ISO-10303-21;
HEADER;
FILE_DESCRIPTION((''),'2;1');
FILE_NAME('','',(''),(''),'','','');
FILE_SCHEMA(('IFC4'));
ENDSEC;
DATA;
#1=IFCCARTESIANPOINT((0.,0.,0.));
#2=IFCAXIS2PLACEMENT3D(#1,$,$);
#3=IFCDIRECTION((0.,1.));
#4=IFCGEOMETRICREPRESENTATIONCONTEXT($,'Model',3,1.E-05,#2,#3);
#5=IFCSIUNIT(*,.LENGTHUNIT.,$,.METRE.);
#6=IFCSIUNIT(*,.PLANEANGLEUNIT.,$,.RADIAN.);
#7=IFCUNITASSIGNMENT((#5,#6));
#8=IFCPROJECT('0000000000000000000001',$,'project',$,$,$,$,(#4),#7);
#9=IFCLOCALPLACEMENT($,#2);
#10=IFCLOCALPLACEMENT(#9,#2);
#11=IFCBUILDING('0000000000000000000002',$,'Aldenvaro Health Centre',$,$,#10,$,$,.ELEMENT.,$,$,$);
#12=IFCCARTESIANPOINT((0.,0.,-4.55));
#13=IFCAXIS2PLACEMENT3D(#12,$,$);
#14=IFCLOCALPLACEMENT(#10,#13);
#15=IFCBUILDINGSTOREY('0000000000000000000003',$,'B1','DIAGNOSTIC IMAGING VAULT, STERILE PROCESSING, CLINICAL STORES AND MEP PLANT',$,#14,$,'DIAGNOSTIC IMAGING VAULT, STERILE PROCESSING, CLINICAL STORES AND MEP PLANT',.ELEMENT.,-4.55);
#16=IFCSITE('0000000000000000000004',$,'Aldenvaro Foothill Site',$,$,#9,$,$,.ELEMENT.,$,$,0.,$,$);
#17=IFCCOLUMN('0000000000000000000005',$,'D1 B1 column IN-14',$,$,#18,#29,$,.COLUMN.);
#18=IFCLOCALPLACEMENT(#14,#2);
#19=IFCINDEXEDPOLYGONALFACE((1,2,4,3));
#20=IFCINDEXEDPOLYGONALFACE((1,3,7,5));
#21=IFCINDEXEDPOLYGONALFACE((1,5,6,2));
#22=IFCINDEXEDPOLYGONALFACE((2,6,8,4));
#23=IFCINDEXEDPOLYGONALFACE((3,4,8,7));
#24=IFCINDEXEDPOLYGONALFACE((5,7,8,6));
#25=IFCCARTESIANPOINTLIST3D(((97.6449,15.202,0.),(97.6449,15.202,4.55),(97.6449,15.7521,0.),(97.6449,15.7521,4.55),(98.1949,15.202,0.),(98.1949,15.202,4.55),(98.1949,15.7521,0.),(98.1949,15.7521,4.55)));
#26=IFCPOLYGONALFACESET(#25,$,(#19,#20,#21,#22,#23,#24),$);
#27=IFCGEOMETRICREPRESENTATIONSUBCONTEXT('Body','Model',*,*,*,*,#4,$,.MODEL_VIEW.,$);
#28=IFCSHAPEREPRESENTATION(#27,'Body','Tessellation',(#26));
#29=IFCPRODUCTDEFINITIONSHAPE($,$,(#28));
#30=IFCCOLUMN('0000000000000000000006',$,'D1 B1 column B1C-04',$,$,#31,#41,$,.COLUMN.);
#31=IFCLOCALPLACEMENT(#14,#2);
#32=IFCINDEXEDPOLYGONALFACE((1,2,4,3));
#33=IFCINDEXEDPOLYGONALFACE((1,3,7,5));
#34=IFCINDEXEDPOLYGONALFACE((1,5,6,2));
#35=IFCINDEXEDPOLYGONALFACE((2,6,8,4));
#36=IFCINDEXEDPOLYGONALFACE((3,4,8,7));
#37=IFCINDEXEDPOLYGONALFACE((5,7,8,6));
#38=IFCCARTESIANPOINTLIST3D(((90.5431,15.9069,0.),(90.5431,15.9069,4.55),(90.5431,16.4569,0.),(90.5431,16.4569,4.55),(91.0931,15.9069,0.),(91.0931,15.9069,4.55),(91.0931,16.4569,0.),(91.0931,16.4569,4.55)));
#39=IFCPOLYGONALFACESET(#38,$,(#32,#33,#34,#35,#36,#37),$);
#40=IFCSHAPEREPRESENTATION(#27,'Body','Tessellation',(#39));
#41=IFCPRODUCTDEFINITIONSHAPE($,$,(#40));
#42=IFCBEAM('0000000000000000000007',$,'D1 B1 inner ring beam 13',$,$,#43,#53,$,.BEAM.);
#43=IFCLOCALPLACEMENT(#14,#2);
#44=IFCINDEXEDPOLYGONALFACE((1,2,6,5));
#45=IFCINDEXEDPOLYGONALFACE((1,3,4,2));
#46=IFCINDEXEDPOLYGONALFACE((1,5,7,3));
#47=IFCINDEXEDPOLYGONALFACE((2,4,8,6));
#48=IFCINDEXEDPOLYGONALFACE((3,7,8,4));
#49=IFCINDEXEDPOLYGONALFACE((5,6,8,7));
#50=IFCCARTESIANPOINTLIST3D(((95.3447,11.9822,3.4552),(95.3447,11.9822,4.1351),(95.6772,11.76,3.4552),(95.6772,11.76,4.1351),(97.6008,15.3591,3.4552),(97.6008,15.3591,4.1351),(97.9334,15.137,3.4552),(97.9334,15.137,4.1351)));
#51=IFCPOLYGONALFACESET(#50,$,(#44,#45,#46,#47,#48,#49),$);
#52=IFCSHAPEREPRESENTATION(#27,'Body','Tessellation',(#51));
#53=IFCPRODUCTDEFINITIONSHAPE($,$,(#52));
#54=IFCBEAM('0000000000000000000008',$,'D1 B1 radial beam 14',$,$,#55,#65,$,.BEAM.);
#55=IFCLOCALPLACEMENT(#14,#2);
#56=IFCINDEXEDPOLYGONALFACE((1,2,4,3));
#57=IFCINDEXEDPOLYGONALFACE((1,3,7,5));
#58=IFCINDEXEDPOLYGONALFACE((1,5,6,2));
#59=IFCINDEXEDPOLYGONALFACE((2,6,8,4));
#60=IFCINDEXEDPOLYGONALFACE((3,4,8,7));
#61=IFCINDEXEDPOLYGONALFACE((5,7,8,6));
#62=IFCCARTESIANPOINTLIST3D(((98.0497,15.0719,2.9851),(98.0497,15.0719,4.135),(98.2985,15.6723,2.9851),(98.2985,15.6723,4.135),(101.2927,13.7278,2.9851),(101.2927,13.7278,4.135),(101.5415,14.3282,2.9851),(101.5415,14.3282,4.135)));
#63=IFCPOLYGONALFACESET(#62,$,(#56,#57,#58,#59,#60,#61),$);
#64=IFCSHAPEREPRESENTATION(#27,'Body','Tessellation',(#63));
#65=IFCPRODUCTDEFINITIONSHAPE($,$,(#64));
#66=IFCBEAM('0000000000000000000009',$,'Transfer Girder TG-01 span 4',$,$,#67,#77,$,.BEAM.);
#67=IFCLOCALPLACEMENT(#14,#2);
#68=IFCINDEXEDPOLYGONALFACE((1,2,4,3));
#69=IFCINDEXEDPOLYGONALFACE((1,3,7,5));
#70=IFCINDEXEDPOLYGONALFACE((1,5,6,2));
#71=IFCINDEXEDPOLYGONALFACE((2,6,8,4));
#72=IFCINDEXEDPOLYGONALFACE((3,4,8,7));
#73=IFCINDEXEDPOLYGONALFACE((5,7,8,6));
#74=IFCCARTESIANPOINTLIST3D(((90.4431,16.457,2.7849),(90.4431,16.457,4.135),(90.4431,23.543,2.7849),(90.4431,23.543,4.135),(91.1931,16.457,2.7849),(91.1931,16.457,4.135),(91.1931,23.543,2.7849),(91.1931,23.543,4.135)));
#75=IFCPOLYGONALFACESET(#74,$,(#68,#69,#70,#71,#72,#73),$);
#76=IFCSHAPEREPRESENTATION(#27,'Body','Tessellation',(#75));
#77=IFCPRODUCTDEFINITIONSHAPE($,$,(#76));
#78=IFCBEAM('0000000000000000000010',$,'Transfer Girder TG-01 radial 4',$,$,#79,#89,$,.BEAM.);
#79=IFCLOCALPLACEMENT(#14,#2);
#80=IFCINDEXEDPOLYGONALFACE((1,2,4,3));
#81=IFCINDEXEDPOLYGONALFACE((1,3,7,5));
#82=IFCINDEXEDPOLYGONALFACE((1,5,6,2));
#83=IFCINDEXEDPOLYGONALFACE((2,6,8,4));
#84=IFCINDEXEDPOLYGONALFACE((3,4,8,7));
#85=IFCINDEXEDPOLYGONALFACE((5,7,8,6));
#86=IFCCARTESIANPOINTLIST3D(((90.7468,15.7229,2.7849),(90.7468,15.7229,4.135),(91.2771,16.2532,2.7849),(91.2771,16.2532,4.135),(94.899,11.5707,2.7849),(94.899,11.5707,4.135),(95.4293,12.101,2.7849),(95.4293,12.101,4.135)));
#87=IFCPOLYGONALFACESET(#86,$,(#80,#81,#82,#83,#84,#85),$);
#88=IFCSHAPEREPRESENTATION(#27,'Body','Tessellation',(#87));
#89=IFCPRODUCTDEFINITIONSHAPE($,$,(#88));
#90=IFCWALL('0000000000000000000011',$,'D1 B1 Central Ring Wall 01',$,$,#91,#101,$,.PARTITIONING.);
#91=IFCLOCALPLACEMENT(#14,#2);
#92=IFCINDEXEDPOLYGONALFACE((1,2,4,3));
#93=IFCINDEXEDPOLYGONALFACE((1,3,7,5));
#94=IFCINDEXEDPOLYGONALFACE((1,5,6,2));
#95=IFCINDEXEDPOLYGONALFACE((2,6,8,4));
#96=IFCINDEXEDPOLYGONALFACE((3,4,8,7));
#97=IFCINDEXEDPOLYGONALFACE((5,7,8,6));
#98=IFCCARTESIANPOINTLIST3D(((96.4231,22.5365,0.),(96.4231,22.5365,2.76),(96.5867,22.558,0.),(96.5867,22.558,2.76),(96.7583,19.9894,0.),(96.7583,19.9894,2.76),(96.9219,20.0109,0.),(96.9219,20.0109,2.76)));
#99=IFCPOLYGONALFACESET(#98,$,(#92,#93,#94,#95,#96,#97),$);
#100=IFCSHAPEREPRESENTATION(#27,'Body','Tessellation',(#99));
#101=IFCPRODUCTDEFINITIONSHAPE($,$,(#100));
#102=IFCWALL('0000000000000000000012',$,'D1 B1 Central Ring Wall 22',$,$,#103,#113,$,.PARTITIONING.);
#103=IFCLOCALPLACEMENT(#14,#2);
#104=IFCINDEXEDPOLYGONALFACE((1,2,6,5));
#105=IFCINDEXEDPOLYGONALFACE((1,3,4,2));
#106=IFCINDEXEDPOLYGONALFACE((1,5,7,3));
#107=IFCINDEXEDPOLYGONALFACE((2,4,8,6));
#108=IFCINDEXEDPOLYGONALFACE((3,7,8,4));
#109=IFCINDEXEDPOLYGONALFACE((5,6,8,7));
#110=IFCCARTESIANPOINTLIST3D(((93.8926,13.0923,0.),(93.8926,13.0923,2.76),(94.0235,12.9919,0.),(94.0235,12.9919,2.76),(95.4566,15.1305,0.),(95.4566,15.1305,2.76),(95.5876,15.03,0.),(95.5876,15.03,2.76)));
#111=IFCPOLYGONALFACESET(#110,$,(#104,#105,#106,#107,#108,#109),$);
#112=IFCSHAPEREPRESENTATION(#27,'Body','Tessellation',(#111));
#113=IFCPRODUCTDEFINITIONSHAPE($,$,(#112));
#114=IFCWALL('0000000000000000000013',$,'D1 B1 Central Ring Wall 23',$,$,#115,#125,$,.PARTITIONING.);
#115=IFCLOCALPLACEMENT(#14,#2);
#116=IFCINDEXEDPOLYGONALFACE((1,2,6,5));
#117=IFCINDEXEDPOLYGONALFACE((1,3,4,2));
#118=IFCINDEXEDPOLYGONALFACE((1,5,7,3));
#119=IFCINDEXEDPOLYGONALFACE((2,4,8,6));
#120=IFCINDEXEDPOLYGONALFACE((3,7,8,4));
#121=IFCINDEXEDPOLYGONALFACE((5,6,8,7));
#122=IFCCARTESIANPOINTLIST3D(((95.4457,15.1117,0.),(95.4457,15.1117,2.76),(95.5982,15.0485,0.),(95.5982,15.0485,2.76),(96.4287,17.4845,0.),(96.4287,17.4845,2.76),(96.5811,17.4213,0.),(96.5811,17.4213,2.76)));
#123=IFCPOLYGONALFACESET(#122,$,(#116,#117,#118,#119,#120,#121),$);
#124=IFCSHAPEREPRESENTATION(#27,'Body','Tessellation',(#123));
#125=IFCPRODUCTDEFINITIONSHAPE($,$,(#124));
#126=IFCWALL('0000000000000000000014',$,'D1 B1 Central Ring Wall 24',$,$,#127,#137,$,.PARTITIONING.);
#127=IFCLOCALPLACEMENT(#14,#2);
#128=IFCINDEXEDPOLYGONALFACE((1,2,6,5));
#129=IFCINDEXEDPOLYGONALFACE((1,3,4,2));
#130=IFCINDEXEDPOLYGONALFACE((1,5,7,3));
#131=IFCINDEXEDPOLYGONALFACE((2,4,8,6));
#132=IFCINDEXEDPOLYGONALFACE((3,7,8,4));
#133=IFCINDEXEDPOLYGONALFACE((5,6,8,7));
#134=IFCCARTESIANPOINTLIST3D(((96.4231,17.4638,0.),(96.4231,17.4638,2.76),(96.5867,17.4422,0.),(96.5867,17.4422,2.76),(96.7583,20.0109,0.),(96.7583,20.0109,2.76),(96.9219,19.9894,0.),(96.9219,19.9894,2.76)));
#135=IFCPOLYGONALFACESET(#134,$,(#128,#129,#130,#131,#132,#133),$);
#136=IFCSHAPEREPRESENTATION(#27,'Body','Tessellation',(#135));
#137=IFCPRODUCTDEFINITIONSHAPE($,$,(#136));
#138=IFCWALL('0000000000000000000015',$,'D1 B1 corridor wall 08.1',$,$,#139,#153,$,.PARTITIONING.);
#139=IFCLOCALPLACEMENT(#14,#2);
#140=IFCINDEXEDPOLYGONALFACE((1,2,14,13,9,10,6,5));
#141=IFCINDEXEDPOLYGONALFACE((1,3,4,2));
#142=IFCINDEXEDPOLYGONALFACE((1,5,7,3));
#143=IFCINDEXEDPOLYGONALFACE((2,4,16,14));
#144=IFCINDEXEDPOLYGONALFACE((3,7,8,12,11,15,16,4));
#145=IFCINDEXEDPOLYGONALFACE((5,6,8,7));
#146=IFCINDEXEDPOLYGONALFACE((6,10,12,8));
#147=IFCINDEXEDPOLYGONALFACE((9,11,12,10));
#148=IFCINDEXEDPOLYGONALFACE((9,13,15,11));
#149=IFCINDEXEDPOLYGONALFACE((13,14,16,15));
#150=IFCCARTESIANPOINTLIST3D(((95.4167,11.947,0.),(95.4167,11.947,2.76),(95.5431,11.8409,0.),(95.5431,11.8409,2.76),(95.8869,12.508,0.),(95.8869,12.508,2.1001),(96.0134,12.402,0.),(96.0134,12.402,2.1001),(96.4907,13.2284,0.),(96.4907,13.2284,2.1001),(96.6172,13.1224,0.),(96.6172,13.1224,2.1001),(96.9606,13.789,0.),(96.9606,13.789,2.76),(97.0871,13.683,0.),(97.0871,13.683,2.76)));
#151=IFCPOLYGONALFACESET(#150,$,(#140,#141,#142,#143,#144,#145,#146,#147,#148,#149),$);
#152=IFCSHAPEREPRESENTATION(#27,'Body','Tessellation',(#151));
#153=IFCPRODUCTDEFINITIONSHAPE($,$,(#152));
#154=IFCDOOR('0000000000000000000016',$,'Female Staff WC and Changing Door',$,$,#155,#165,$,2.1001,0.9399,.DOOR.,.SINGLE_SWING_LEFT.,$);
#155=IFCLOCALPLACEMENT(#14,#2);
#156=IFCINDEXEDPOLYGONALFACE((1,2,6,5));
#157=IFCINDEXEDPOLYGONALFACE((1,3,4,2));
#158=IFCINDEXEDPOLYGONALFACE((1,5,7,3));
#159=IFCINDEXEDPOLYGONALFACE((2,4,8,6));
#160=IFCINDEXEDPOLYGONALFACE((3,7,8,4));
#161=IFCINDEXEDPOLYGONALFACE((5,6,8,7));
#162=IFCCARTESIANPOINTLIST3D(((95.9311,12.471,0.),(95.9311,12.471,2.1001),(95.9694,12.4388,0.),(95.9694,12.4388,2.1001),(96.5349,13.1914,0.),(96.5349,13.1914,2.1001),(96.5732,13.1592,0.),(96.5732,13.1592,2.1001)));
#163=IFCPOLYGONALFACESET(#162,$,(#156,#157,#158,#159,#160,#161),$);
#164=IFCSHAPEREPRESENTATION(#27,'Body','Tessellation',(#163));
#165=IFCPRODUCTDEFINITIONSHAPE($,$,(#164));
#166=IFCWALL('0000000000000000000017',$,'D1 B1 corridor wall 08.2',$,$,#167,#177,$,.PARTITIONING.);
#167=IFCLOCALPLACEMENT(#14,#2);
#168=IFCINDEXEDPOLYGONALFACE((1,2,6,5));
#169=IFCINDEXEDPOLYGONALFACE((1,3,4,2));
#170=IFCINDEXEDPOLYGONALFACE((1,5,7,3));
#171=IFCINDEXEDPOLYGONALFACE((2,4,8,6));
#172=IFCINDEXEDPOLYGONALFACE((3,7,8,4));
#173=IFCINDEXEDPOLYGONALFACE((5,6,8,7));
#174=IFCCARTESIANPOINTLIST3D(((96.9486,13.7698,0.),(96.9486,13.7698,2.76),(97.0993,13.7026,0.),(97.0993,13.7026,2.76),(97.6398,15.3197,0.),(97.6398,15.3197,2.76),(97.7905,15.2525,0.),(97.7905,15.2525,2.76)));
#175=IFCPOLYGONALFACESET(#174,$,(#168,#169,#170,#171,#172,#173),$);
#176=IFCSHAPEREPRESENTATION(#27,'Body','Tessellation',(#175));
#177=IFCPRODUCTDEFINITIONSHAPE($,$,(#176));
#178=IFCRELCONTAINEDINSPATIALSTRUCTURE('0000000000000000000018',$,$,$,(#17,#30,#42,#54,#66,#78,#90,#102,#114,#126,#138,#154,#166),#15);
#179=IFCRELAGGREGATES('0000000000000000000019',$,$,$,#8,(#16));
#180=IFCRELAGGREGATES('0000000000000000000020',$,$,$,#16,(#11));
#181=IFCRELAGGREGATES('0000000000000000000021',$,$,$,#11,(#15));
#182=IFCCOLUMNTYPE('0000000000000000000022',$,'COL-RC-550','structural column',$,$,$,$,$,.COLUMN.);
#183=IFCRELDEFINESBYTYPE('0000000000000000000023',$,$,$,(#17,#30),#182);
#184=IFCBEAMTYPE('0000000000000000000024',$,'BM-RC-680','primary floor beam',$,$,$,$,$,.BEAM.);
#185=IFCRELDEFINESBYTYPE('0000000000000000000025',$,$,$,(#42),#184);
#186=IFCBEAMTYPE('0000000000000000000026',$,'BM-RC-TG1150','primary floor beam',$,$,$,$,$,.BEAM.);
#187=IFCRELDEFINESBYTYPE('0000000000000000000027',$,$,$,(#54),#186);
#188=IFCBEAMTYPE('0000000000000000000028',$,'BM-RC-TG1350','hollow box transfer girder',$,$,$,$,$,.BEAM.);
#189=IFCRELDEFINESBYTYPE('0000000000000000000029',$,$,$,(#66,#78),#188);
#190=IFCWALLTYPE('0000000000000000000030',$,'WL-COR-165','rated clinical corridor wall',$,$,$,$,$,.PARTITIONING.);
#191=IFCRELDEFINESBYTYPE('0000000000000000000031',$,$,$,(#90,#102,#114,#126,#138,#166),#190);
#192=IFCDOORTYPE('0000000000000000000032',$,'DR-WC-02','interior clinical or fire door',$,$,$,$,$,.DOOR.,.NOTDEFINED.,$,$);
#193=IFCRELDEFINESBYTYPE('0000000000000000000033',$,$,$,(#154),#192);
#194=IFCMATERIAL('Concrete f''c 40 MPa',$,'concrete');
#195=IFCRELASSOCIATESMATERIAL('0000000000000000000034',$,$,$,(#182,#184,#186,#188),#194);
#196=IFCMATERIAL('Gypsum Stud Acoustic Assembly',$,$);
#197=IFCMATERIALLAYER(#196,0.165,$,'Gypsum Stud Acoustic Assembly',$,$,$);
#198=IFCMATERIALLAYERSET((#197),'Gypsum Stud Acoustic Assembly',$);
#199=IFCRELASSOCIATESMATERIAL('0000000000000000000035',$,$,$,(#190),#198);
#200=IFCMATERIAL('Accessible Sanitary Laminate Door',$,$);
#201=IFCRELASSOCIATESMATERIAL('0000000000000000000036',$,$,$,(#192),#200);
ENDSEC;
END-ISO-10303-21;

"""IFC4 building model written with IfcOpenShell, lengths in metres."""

from ifc_helpers import new_model, si_unit, direction, frame, frame_2d, origin, origin_2d, place, context, subcontext, project, spatial, rectangle, extrude, material, layer, layer_set, material_profile, profile_set, type_object, element, fill, save


model = new_model("IFC4")

# Units and contexts
model_context = context("Model", 3, precision=1e-05, world=origin(), true_north=direction((0.0, 1.0)))
body_context = subcontext(model_context, "Body", "Model", "MODEL_VIEW")
ifc_project = project(units=[si_unit("LENGTHUNIT", "METRE"), si_unit("PLANEANGLEUNIT", "RADIAN")], contexts=[model_context])

# Site, building, storey
site_placement = place(None, origin())
site = spatial("IfcSite", under=ifc_project, at=site_placement, Name="Aldenvaro Foothill Site", CompositionType="ELEMENT", RefElevation=0.0)
building_placement = place(site_placement, origin())
building = spatial("IfcBuilding", under=site, at=building_placement, Name="Aldenvaro Health Centre", CompositionType="ELEMENT")
storey_placement = place(building_placement, frame((0.0, 0.0, -4.55)))
storey = spatial("IfcBuildingStorey", under=building, at=storey_placement, Name="B1", Description="DIAGNOSTIC IMAGING VAULT, STERILE PROCESSING, CLINICAL STORES AND MEP PLANT", LongName="DIAGNOSTIC IMAGING VAULT, STERILE PROCESSING, CLINICAL STORES AND MEP PLANT", CompositionType="ELEMENT", Elevation=-4.55)

# Shared definitions
ifc_material_1 = material(Name="Concrete f'c 40 MPa", Category="concrete")

# Columns
ifc_material_profile_1 = material_profile(ifc_material_1, rectangle(XDim=0.55, YDim=0.55, at=origin_2d()), Name="RC 550x550", Category="concrete")
ifc_profile_set_1 = profile_set([ifc_material_profile_1], Name="Concrete f'c 40 MPa")
column_type = type_object("IfcColumnType", Name="COL-RC-550", Description="structural column", PredefinedType="COLUMN", material=ifc_profile_set_1)
for number, where, z_axis, x_axis, name in (
    (1, (97.9199, 15.4771, 0.0), (0.0, 0.0, 1.0), (1.0, 0.0, 0.0), "D1 B1 column IN-14"),
    (2, (90.8181, 16.1819, 0.0), (0.0, 0.0, 1.0), (1.0, 0.0, 0.0), "D1 B1 column B1C-04"),
):
    element("IfcColumn", number, at=place(storey_placement, frame(where, z_axis=z_axis, x_axis=x_axis)), inside=storey, type_object=column_type, Name=name, PredefinedType="COLUMN", context=body_context, shape_type="SweptSolid", body=[
        extrude(rectangle(XDim=0.55, YDim=0.55, at=origin_2d()), origin(), (0.0, 0.0, 1.0), 4.55),
    ])

# Beams
ifc_material_profile_2 = material_profile(ifc_material_1, rectangle(XDim=0.3999, YDim=0.6799, at=origin_2d()), Name="RC 400x680", Category="concrete")
ifc_profile_set_2 = profile_set([ifc_material_profile_2], Name="Concrete f'c 40 MPa")
beam_type_1 = type_object("IfcBeamType", Name="BM-RC-680", Description="primary floor beam", PredefinedType="BEAM", material=ifc_profile_set_2)
beam_1_placement = place(storey_placement, frame((95.511, 11.8711, 3.7952), z_axis=(0.555518, 0.831504, 0.0), x_axis=(-0.831504, 0.555518, 0.0)))
element("IfcBeam", 3, at=beam_1_placement, inside=storey, type_object=beam_type_1, Name="D1 B1 inner ring beam 13", PredefinedType="BEAM", context=body_context, shape_type="SweptSolid", body=[
    extrude(rectangle(XDim=0.3999, YDim=0.6799, at=origin_2d()), origin(), (0.0, 0.0, 1.0), 4.0613),
])
ifc_material_profile_3 = material_profile(ifc_material_1, rectangle(XDim=0.6499, YDim=1.1499, at=origin_2d()), Name="RC 650x1150", Category="concrete")
ifc_profile_set_3 = profile_set([ifc_material_profile_3], Name="Concrete f'c 40 MPa")
beam_type_2 = type_object("IfcBeamType", Name="BM-RC-TG1150", Description="primary floor beam", PredefinedType="BEAM", material=ifc_profile_set_3)
beam_2_placement = place(storey_placement, frame((98.1741, 15.3721, 3.5601), z_axis=(0.923806, -0.382862, 0.0), x_axis=(0.382862, 0.923806, 0.0)))
element("IfcBeam", 4, at=beam_2_placement, inside=storey, type_object=beam_type_2, Name="D1 B1 radial beam 14", PredefinedType="BEAM", context=body_context, shape_type="SweptSolid", body=[
    extrude(rectangle(XDim=0.6499, YDim=1.1499, at=origin_2d()), origin(), (0.0, 0.0, 1.0), 3.5105),
])
ifc_material_profile_4 = material_profile(ifc_material_1, rectangle(XDim=0.75, YDim=1.3501, at=origin_2d()), Name="RC 750x1350", Category="concrete")
ifc_profile_set_4 = profile_set([ifc_material_profile_4], Name="Concrete f'c 40 MPa")
beam_type_3 = type_object("IfcBeamType", Name="BM-RC-TG1350", Description="hollow box transfer girder", PredefinedType="BEAM", material=ifc_profile_set_4)
beam_3_placement = place(storey_placement, frame((90.8181, 16.457, 3.46), z_axis=(0.0, 1.0, 0.0), x_axis=(-1.0, 0.0, 0.0)))
element("IfcBeam", 5, at=beam_3_placement, inside=storey, type_object=beam_type_3, Name="Transfer Girder TG-01 span 4", PredefinedType="BEAM", context=body_context, shape_type="SweptSolid", body=[
    extrude(rectangle(XDim=0.75, YDim=1.3501, at=origin_2d()), origin(), (0.0, 0.0, 1.0), 7.0859),
])
beam_4_placement = place(storey_placement, frame((91.012, 15.988, 3.46), z_axis=(0.707107, -0.707107, 0.0), x_axis=(0.707107, 0.707107, 0.0)))
element("IfcBeam", 6, at=beam_4_placement, inside=storey, type_object=beam_type_3, Name="Transfer Girder TG-01 radial 4", PredefinedType="BEAM", context=body_context, shape_type="SweptSolid", body=[
    extrude(rectangle(XDim=0.75, YDim=1.3501, at=origin_2d()), origin(), (0.0, 0.0, 1.0), 5.8721),
])

# Walls
ifc_material_2 = material(Name="Gypsum Stud Acoustic Assembly")
ifc_layer = layer(ifc_material_2, 0.165, Name="Gypsum Stud Acoustic Assembly")
ifc_layer_set = layer_set([ifc_layer], Name="Gypsum Stud Acoustic Assembly")
wall_type = type_object("IfcWallType", Name="WL-COR-165", Description="rated clinical corridor wall", PredefinedType="PARTITIONING", material=ifc_layer_set)
for number, where, z_axis, x_axis, name in (
    (7, (96.8401, 20.0, 0.0), (0.0, 0.0, 1.0), (-0.130477, 0.991451, 0.0), "D1 B1 Central Ring Wall 01"),
    (8, (93.958, 13.042, 0.0), (0.0, 0.0, 1.0), (0.608783, 0.793337, 0.0), "D1 B1 Central Ring Wall 22"),
):
    element("IfcWall", number, at=place(storey_placement, frame(where, z_axis=z_axis, x_axis=x_axis)), inside=storey, type_object=wall_type, Name=name, PredefinedType="PARTITIONING", context=body_context, shape_type="SweptSolid", body=[
        extrude(rectangle(XDim=2.5691, YDim=0.165, at=frame_2d((1.2847, 0.0))), origin(), (0.0, 0.0, 1.0), 2.76),
    ])
wall_1_placement = place(storey_placement, frame((95.522, 15.0801, 0.0), z_axis=(0.0, 0.0, 1.0), x_axis=(0.382704, 0.923871, 0.0)))
element("IfcWall", 9, at=wall_1_placement, inside=storey, type_object=wall_type, Name="D1 B1 Central Ring Wall 23", PredefinedType="PARTITIONING", context=body_context, shape_type="SweptSolid", body=[
    extrude(rectangle(XDim=2.5684, YDim=0.165, at=frame_2d((1.2842, 0.0))), origin(), (0.0, 0.0, 1.0), 2.76),
])
wall_2_placement = place(storey_placement, frame((96.5049, 17.4529, 0.0), z_axis=(0.0, 0.0, 1.0), x_axis=(0.130477, 0.991451, 0.0)))
element("IfcWall", 10, at=wall_2_placement, inside=storey, type_object=wall_type, Name="D1 B1 Central Ring Wall 24", PredefinedType="PARTITIONING", context=body_context, shape_type="SweptSolid", body=[
    extrude(rectangle(XDim=2.5691, YDim=0.165, at=frame_2d((1.2847, 0.0))), origin(), (0.0, 0.0, 1.0), 2.76),
])

# Wall, opening, door
wall_3_placement = place(storey_placement, frame((95.48, 11.894, 0.0), z_axis=(0.0, 0.0, 1.0), x_axis=(0.64237, 0.766395, 0.0)))
wall_3 = element("IfcWall", 11, at=wall_3_placement, inside=storey, type_object=wall_type, Name="D1 B1 corridor wall 08.1", PredefinedType="PARTITIONING", context=body_context, shape_type="SweptSolid", body=[
    extrude(rectangle(XDim=2.4036, YDim=0.165, at=frame_2d((1.2017, 0.0))), origin(), (0.0, 0.0, 1.0), 2.76),
])
opening_placement = place(wall_3_placement, frame((0.7319, 0.0, 0.0)))
opening = element("IfcOpeningElement", 12, at=opening_placement, cuts=wall_3, PredefinedType="OPENING", context=body_context, shape_type="SweptSolid", body=[
    extrude(rectangle(XDim=0.9399, YDim=2.1001, at=frame_2d((0.47, 1.05))), frame((0.0, 0.0925, 0.0), z_axis=(0.0, -1.0, 0.0), x_axis=(1.0, 0.0, 0.0)), (0.0, 0.0, 1.0), 0.1851),
])
ifc_material_3 = material(Name="Accessible Sanitary Laminate Door")
door_type = type_object("IfcDoorType", Name="DR-WC-02", Description="interior clinical or fire door", OperationType="NOTDEFINED", PredefinedType="DOOR", material=ifc_material_3)
door_placement = place(opening_placement, origin())
door = element("IfcDoor", 13, at=door_placement, inside=storey, type_object=door_type, Name="Female Staff WC and Changing Door", OperationType="SINGLE_SWING_LEFT", OverallHeight=2.1001, OverallWidth=0.9399, PredefinedType="DOOR", context=body_context, shape_type="SweptSolid", body=[
    extrude(rectangle(XDim=0.9399, YDim=2.1001, at=frame_2d((0.47, 1.05))), frame((0.0, 0.0249, 0.0), z_axis=(0.0, -1.0, 0.0), x_axis=(1.0, 0.0, 0.0)), (0.0, 0.0, 1.0), 0.05),
])
fill(opening, door)

# Wall
wall_4_placement = place(storey_placement, frame((97.0239, 13.7361, 0.0), z_axis=(0.0, 0.0, 1.0), x_axis=(0.407299, 0.913295, 0.0)))
element("IfcWall", 14, at=wall_4_placement, inside=storey, type_object=wall_type, Name="D1 B1 corridor wall 08.2", PredefinedType="PARTITIONING", context=body_context, shape_type="SweptSolid", body=[
    extrude(rectangle(XDim=1.697, YDim=0.165, at=frame_2d((0.8486, 0.0))), origin(), (0.0, 0.0, 1.0), 2.76),
])

save(model, "model.ifc")
